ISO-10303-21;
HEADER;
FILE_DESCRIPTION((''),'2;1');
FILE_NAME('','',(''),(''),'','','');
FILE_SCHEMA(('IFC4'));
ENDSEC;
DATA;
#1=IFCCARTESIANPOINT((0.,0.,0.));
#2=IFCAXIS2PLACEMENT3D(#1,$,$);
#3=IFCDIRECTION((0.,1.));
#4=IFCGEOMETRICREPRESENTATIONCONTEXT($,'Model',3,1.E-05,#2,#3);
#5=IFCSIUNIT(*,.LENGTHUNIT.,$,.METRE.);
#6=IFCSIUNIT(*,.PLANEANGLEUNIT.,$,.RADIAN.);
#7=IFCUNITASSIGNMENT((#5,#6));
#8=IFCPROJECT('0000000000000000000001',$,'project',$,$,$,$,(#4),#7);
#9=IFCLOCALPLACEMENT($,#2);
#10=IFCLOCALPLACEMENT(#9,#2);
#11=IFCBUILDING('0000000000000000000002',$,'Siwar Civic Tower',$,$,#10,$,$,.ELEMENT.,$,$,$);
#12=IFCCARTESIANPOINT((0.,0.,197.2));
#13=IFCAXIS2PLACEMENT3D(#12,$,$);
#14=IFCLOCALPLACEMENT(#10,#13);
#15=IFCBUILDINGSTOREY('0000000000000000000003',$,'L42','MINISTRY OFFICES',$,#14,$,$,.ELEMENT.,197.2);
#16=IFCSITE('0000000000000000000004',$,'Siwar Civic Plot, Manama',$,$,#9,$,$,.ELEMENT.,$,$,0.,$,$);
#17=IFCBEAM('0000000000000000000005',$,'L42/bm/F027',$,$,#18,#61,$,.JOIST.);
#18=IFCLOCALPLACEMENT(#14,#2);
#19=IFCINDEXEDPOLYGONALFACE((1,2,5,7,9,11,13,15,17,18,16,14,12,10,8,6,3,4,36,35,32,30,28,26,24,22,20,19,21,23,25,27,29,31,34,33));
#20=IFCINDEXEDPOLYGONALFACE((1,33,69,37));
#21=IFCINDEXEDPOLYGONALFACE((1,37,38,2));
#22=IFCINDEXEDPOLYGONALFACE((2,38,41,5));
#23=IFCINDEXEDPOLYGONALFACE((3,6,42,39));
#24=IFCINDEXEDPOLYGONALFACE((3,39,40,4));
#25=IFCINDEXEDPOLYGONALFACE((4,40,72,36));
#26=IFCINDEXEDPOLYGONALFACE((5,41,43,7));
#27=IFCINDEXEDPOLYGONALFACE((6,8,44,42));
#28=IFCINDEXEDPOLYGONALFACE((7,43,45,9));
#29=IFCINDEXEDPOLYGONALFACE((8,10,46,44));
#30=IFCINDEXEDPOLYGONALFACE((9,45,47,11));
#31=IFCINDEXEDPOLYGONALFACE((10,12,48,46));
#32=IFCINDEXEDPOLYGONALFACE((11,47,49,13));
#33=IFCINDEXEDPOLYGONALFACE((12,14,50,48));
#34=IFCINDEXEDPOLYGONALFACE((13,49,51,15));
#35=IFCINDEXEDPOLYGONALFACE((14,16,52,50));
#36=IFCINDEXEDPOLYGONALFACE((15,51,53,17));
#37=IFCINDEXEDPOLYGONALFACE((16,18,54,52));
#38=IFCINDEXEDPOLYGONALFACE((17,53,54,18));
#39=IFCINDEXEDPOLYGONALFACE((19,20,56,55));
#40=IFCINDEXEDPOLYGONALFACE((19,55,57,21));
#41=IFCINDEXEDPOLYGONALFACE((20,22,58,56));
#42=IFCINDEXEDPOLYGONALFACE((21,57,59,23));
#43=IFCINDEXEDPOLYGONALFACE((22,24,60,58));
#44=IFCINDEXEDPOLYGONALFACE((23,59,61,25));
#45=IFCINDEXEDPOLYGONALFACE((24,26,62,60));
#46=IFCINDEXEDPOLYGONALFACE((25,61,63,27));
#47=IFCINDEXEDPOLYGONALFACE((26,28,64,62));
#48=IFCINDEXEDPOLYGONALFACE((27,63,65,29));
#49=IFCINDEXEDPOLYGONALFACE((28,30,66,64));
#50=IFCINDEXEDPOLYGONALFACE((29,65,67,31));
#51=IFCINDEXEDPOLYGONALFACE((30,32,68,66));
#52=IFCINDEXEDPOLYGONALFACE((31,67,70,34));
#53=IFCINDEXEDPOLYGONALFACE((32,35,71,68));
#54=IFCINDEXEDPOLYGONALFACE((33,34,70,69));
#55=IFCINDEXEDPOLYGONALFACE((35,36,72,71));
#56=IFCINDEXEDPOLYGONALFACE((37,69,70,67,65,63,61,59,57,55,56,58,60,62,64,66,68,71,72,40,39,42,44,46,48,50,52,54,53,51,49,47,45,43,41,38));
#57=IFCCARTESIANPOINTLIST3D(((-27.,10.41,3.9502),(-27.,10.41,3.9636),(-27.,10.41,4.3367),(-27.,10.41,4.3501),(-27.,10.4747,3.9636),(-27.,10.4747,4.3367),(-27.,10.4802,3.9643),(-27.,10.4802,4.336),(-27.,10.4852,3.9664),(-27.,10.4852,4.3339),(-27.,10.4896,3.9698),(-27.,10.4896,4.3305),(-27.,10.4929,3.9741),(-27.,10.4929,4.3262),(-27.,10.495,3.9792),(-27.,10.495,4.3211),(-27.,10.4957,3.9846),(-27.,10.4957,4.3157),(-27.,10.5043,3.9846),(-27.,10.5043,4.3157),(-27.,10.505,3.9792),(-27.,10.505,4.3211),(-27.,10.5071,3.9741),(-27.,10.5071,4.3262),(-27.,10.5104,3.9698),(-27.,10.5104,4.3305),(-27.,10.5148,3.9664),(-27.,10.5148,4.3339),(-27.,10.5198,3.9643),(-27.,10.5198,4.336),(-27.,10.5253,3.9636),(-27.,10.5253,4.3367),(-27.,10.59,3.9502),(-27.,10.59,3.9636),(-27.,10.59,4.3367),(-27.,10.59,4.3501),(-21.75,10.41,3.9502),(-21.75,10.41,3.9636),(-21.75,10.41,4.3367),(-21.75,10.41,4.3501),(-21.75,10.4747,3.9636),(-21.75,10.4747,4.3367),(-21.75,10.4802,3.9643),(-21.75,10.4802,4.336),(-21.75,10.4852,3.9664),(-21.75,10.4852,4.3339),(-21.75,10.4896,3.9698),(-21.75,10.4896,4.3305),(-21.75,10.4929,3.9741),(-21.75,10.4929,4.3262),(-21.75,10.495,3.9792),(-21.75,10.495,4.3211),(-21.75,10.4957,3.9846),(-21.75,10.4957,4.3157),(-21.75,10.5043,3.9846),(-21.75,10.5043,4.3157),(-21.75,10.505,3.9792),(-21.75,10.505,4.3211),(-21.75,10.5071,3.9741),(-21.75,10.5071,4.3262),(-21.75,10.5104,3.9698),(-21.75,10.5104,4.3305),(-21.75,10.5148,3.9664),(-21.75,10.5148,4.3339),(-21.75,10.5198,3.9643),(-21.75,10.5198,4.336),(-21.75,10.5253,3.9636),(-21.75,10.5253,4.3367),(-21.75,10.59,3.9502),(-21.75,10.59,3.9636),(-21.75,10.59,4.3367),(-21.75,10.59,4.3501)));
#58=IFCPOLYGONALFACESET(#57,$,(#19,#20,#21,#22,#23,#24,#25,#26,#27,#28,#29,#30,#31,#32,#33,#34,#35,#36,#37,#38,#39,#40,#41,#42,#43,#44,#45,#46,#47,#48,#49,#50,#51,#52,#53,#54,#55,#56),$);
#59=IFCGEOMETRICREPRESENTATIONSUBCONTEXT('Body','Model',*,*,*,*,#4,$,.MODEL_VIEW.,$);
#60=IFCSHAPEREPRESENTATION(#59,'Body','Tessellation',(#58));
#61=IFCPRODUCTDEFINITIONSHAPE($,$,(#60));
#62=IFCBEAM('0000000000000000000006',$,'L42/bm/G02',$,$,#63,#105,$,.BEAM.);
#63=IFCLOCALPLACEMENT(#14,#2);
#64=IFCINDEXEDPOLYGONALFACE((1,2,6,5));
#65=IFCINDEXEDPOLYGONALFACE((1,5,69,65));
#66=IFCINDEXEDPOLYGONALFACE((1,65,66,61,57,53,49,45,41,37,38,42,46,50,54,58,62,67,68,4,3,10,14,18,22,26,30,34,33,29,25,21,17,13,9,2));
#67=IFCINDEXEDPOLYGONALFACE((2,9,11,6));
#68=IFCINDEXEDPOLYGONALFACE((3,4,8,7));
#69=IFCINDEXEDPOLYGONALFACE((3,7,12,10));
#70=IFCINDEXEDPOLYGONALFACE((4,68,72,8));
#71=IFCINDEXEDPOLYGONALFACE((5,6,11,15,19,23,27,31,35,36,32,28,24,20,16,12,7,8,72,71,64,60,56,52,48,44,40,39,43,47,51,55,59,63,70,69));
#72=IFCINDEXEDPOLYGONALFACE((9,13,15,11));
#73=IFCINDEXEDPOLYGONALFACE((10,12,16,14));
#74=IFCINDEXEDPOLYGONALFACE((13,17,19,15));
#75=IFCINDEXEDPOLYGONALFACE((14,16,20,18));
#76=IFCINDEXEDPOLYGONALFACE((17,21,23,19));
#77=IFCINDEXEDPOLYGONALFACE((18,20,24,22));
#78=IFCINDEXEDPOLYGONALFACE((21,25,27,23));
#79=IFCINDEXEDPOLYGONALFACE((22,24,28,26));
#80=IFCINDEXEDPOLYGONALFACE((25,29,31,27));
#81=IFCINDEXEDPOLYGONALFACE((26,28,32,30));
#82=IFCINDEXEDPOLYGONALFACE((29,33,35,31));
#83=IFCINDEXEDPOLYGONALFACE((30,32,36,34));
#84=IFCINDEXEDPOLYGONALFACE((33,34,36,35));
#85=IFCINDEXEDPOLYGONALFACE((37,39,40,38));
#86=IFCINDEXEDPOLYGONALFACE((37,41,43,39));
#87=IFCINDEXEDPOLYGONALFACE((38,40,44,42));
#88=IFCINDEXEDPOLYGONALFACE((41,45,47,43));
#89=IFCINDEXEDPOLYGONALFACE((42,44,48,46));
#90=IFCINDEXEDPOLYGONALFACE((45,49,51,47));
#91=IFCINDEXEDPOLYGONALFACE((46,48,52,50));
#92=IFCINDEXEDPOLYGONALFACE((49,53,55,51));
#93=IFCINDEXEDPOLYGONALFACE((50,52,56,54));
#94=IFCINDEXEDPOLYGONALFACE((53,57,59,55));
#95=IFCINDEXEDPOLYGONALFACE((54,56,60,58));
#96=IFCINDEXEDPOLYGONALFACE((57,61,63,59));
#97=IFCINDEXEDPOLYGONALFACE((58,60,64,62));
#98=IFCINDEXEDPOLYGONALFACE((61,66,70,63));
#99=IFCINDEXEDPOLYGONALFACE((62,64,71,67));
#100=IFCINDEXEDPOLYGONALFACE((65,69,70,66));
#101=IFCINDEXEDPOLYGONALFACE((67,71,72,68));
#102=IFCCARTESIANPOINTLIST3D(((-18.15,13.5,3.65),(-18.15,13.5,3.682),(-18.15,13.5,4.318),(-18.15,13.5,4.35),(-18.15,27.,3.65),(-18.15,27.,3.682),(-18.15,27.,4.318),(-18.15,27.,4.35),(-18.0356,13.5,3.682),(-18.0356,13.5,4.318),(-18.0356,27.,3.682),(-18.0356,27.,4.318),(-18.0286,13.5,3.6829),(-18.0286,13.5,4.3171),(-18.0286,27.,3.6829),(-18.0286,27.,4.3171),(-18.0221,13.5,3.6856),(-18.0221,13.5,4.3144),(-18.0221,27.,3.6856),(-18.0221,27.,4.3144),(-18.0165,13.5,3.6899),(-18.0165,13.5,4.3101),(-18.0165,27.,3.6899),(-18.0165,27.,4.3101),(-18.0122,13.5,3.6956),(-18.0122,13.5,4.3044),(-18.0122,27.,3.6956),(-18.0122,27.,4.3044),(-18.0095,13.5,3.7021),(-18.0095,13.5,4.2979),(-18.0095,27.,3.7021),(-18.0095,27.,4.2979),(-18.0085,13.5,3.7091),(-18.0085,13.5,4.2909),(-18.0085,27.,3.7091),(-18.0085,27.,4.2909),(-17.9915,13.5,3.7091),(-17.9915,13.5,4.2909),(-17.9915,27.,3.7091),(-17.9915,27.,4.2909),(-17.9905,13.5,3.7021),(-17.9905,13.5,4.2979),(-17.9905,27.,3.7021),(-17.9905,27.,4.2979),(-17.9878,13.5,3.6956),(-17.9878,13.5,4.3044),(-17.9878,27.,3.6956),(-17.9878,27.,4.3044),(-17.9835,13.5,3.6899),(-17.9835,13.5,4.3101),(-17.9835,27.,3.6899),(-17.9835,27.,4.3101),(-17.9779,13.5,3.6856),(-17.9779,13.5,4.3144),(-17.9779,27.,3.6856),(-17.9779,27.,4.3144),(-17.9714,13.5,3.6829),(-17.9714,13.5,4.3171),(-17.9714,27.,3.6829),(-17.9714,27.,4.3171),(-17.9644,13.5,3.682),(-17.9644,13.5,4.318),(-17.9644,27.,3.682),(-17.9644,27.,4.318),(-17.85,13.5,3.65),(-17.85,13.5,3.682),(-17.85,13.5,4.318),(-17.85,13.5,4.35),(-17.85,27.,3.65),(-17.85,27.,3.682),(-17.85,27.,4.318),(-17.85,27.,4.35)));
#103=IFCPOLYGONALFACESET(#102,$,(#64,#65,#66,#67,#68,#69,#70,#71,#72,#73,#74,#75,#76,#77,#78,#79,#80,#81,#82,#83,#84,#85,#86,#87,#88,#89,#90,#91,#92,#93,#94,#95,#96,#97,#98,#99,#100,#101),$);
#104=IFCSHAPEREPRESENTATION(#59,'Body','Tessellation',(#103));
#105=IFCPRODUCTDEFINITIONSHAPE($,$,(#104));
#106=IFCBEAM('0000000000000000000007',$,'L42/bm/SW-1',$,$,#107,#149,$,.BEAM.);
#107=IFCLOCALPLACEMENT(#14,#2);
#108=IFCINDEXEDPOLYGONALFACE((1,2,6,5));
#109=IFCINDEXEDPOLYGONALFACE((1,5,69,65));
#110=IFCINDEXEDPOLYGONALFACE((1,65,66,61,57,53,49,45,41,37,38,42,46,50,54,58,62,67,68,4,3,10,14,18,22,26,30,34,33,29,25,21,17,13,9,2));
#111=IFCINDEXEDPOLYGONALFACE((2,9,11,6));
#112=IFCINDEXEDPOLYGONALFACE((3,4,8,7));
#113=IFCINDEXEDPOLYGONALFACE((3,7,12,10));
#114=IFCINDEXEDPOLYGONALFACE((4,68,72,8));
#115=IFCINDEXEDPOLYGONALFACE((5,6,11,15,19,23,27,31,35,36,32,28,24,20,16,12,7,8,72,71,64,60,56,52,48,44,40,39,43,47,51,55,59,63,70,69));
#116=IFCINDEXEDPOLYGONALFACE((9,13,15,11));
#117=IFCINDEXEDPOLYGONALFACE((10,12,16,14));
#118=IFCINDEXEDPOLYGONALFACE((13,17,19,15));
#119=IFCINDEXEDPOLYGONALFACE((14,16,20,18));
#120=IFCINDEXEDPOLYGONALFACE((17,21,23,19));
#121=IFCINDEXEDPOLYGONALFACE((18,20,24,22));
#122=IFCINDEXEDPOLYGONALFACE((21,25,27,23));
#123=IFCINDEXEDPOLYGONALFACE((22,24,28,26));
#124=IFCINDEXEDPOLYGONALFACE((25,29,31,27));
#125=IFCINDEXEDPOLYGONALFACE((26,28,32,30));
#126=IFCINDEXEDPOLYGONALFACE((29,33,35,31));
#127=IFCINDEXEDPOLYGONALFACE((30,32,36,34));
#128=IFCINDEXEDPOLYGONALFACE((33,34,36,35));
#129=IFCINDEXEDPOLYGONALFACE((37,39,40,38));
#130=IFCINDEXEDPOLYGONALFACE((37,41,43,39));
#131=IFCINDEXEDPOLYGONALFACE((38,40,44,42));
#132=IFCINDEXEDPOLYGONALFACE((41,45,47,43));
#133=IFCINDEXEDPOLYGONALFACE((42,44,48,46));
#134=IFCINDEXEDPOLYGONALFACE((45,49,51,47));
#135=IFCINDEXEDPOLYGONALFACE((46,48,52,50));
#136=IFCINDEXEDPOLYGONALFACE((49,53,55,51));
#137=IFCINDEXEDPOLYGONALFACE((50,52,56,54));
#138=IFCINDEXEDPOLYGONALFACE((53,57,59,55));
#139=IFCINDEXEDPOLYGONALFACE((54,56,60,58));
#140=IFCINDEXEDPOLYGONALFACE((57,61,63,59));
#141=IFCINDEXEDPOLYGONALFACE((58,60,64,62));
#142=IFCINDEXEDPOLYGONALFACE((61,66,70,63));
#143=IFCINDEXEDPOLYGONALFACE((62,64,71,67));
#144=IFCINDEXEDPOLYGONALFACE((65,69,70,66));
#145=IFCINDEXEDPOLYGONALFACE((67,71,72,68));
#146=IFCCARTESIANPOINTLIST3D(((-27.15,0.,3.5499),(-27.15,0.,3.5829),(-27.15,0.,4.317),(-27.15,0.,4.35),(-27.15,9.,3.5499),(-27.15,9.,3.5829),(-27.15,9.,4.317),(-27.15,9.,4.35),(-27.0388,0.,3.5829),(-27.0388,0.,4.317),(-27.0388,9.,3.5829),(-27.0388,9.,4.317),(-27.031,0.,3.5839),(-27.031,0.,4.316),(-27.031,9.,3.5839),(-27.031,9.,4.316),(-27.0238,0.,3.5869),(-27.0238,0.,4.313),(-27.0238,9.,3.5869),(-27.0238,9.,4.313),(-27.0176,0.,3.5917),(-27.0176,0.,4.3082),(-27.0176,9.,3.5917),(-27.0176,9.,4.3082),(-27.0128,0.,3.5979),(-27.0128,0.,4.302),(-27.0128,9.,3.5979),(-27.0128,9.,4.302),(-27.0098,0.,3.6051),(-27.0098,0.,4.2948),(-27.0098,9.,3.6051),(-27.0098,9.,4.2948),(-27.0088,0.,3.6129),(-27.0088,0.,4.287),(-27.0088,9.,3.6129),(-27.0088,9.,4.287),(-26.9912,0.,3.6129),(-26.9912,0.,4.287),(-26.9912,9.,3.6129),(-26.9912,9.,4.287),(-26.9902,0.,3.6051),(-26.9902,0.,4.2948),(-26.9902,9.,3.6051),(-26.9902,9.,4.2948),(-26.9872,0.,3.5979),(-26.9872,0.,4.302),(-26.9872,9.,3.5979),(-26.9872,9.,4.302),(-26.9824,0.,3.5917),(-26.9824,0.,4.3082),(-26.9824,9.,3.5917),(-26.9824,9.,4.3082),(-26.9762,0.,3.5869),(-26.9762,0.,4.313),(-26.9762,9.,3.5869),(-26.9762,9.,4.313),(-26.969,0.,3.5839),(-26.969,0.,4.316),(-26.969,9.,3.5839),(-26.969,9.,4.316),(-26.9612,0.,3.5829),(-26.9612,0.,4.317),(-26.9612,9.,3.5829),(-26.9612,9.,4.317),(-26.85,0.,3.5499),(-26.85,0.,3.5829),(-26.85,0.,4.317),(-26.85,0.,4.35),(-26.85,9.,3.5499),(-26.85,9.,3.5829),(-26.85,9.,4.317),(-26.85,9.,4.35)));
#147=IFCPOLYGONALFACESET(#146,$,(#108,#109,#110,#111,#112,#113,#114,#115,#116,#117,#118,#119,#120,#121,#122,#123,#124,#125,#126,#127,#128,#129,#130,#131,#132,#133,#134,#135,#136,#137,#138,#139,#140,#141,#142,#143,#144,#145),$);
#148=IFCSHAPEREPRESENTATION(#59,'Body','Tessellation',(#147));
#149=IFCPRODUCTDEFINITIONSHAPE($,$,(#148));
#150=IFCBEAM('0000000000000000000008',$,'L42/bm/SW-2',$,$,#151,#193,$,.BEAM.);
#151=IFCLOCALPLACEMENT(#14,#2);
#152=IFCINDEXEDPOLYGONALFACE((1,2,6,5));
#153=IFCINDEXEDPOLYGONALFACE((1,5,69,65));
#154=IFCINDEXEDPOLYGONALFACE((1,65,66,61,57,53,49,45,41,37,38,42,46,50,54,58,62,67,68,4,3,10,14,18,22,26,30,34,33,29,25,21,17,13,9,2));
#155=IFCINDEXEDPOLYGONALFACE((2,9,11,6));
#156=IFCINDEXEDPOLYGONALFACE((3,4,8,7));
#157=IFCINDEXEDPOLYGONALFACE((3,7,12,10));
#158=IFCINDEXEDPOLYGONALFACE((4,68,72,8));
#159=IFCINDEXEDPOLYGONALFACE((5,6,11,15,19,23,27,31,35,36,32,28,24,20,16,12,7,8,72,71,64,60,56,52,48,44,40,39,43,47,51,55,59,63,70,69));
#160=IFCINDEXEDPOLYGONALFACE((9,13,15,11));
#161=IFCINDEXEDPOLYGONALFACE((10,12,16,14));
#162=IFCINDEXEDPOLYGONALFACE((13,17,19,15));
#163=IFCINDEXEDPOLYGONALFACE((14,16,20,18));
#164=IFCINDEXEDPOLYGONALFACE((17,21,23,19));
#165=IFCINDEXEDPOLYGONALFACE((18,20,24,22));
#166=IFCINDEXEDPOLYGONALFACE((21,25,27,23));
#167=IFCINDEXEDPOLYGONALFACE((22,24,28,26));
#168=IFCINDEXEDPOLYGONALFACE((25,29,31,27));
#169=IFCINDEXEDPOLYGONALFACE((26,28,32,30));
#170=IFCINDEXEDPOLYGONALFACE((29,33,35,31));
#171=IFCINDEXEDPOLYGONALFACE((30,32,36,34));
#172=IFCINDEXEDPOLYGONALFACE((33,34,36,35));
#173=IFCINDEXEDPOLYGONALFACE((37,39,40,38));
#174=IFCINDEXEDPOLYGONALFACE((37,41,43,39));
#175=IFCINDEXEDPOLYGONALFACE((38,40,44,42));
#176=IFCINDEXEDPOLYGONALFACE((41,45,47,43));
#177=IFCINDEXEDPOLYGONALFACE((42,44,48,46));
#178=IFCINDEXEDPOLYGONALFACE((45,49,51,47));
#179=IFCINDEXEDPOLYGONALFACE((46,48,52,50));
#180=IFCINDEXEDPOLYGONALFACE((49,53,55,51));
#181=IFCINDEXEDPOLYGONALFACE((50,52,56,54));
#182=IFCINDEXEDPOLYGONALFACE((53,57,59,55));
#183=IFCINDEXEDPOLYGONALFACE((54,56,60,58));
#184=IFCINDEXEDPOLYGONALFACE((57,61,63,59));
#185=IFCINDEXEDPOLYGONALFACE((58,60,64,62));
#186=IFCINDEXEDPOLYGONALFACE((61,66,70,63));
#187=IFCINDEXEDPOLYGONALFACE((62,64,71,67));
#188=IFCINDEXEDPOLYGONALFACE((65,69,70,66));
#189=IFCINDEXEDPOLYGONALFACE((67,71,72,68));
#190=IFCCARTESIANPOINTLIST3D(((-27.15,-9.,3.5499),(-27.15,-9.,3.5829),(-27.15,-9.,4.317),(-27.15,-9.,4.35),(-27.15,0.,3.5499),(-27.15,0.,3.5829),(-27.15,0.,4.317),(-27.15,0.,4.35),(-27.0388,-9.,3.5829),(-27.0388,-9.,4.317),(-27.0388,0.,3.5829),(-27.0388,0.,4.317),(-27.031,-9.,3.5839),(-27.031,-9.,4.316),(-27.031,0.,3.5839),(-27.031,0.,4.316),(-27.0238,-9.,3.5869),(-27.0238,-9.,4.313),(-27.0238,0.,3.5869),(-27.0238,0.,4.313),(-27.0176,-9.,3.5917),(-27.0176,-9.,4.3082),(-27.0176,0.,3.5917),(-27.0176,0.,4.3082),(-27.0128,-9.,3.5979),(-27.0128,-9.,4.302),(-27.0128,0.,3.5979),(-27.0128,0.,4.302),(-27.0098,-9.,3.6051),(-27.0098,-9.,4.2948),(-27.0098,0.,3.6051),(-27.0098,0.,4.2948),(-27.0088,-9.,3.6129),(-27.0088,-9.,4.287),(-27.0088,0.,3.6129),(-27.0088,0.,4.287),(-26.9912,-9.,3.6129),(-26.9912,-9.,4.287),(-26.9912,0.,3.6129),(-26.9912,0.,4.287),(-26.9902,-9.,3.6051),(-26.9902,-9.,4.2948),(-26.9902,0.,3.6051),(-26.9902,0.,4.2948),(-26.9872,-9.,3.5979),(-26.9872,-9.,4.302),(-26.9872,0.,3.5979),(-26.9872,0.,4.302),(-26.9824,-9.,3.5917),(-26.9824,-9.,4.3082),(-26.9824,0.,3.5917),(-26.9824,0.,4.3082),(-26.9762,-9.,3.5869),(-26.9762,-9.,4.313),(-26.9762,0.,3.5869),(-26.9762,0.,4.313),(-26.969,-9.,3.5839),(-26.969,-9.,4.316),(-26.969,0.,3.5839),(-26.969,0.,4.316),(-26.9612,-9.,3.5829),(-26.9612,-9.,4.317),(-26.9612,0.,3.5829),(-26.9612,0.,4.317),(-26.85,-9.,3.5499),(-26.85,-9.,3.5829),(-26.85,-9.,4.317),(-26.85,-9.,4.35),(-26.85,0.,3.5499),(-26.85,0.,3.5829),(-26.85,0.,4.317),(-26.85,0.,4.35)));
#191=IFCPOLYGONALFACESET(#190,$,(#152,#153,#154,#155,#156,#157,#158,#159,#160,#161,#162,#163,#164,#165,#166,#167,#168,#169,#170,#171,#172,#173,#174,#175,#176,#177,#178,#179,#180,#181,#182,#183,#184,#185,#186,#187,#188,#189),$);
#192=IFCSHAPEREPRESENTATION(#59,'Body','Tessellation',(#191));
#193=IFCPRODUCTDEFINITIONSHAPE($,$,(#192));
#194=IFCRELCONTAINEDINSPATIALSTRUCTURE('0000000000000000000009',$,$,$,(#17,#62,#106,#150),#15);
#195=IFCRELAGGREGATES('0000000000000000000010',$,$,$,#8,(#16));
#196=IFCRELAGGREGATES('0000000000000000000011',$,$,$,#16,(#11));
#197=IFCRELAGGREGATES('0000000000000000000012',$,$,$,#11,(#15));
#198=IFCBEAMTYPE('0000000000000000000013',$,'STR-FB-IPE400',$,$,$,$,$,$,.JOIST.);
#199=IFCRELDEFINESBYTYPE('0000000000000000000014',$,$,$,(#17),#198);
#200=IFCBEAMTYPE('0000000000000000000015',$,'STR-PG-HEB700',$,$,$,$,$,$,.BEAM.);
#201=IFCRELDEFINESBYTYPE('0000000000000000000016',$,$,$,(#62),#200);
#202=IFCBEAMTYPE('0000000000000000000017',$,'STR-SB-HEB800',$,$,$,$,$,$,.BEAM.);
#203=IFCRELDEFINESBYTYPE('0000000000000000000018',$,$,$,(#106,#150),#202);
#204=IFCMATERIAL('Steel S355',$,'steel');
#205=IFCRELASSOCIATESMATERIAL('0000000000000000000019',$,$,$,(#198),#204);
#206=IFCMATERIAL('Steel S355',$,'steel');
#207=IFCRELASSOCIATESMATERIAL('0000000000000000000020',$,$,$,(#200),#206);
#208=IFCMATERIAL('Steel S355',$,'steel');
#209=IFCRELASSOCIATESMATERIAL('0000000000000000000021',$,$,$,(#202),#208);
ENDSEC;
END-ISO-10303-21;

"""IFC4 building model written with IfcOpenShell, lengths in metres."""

from ifc_helpers import new_model, si_unit, direction, frame, origin, origin_2d, place, context, subcontext, project, spatial, i_section, extrude, material, material_profile, profile_set, type_object, element, save


model = new_model("IFC4")

# Units and contexts
model_context = context("Model", 3, precision=1e-05, world=origin(), true_north=direction((0.0, 1.0)))
body_context = subcontext(model_context, "Body", "Model", "MODEL_VIEW")
ifc_project = project(units=[si_unit("LENGTHUNIT", "METRE"), si_unit("PLANEANGLEUNIT", "RADIAN")], contexts=[model_context])

# Site, building, storey
site_placement = place(None, origin())
site = spatial("IfcSite", under=ifc_project, at=site_placement, Name="Siwar Civic Plot, Manama", CompositionType="ELEMENT", RefElevation=0.0)
building_placement = place(site_placement, origin())
building = spatial("IfcBuilding", under=site, at=building_placement, Name="Siwar Civic Tower", CompositionType="ELEMENT")
storey_placement = place(building_placement, frame((0.0, 0.0, 197.2)))
storey = spatial("IfcBuildingStorey", under=building, at=storey_placement, Name="L42", Description="MINISTRY OFFICES", CompositionType="ELEMENT", Elevation=197.2)

# Beams
ifc_material_1 = material(Name="Steel S355", Category="steel")
ifc_material_profile_1 = material_profile(ifc_material_1, i_section(OverallWidth=0.1799, OverallDepth=0.3999, WebThickness=0.0085, FlangeThickness=0.0134, FilletRadius=0.021, at=origin_2d()), Name="IPE400")
ifc_profile_set_1 = profile_set([ifc_material_profile_1], Name="Steel S355")
beam_type_1 = type_object("IfcBeamType", Name="STR-FB-IPE400", PredefinedType="JOIST", material=ifc_profile_set_1)
for number, where, z_axis, x_axis, name in (
    (1, (-27.0, 10.5, 4.1501), (1.0, 0.0, 0.0), (0.0, 1.0, 0.0), "L42/bm/F027"),
):
    element("IfcBeam", number, at=place(storey_placement, frame(where, z_axis=z_axis, x_axis=x_axis)), inside=storey, type_object=beam_type_1, Name=name, PredefinedType="JOIST", context=body_context, shape_type="SweptSolid", body=[
        extrude(i_section(OverallWidth=0.1799, OverallDepth=0.3999, WebThickness=0.0085, FlangeThickness=0.0134, FilletRadius=0.021, at=origin_2d()), origin(), (0.0, 0.0, 1.0), 5.25),
    ])
ifc_material_2 = material(Name="Steel S355", Category="steel")
ifc_material_profile_2 = material_profile(ifc_material_2, i_section(OverallWidth=0.3, OverallDepth=0.7, WebThickness=0.0171, FlangeThickness=0.032, FilletRadius=0.0271, at=origin_2d()), Name="HEB700")
ifc_profile_set_2 = profile_set([ifc_material_profile_2], Name="Steel S355")
beam_type_2 = type_object("IfcBeamType", Name="STR-PG-HEB700", PredefinedType="BEAM", material=ifc_profile_set_2)
beam_placement = place(storey_placement, frame((-18.0, 13.5, 4.0), z_axis=(0.0, 1.0, 0.0), x_axis=(-1.0, 0.0, 0.0)))
element("IfcBeam", 2, at=beam_placement, inside=storey, type_object=beam_type_2, Name="L42/bm/G02", PredefinedType="BEAM", context=body_context, shape_type="SweptSolid", body=[
    extrude(i_section(OverallWidth=0.3, OverallDepth=0.7, WebThickness=0.0171, FlangeThickness=0.032, FilletRadius=0.0271, at=origin_2d()), origin(), (0.0, 0.0, 1.0), 13.5),
])
ifc_material_3 = material(Name="Steel S355", Category="steel")
ifc_material_profile_3 = material_profile(ifc_material_3, i_section(OverallWidth=0.3, OverallDepth=0.8, WebThickness=0.0176, FlangeThickness=0.033, FilletRadius=0.03, at=origin_2d()), Name="HEB800")
ifc_profile_set_3 = profile_set([ifc_material_profile_3], Name="Steel S355")
beam_type_3 = type_object("IfcBeamType", Name="STR-SB-HEB800", PredefinedType="BEAM", material=ifc_profile_set_3)
for number, where, z_axis, x_axis, name in (
    (3, (-27.0, 9.0, 3.95), (0.0, -1.0, 0.0), (1.0, 0.0, 0.0), "L42/bm/SW-1"),
    (4, (-27.0, 0.0, 3.95), (0.0, -1.0, 0.0), (1.0, 0.0, 0.0), "L42/bm/SW-2"),
):
    element("IfcBeam", number, at=place(storey_placement, frame(where, z_axis=z_axis, x_axis=x_axis)), inside=storey, type_object=beam_type_3, Name=name, PredefinedType="BEAM", context=body_context, shape_type="SweptSolid", body=[
        extrude(i_section(OverallWidth=0.3, OverallDepth=0.8, WebThickness=0.0176, FlangeThickness=0.033, FilletRadius=0.03, at=origin_2d()), origin(), (0.0, 0.0, 1.0), 9.0),
    ])

save(model, "model.ifc")
